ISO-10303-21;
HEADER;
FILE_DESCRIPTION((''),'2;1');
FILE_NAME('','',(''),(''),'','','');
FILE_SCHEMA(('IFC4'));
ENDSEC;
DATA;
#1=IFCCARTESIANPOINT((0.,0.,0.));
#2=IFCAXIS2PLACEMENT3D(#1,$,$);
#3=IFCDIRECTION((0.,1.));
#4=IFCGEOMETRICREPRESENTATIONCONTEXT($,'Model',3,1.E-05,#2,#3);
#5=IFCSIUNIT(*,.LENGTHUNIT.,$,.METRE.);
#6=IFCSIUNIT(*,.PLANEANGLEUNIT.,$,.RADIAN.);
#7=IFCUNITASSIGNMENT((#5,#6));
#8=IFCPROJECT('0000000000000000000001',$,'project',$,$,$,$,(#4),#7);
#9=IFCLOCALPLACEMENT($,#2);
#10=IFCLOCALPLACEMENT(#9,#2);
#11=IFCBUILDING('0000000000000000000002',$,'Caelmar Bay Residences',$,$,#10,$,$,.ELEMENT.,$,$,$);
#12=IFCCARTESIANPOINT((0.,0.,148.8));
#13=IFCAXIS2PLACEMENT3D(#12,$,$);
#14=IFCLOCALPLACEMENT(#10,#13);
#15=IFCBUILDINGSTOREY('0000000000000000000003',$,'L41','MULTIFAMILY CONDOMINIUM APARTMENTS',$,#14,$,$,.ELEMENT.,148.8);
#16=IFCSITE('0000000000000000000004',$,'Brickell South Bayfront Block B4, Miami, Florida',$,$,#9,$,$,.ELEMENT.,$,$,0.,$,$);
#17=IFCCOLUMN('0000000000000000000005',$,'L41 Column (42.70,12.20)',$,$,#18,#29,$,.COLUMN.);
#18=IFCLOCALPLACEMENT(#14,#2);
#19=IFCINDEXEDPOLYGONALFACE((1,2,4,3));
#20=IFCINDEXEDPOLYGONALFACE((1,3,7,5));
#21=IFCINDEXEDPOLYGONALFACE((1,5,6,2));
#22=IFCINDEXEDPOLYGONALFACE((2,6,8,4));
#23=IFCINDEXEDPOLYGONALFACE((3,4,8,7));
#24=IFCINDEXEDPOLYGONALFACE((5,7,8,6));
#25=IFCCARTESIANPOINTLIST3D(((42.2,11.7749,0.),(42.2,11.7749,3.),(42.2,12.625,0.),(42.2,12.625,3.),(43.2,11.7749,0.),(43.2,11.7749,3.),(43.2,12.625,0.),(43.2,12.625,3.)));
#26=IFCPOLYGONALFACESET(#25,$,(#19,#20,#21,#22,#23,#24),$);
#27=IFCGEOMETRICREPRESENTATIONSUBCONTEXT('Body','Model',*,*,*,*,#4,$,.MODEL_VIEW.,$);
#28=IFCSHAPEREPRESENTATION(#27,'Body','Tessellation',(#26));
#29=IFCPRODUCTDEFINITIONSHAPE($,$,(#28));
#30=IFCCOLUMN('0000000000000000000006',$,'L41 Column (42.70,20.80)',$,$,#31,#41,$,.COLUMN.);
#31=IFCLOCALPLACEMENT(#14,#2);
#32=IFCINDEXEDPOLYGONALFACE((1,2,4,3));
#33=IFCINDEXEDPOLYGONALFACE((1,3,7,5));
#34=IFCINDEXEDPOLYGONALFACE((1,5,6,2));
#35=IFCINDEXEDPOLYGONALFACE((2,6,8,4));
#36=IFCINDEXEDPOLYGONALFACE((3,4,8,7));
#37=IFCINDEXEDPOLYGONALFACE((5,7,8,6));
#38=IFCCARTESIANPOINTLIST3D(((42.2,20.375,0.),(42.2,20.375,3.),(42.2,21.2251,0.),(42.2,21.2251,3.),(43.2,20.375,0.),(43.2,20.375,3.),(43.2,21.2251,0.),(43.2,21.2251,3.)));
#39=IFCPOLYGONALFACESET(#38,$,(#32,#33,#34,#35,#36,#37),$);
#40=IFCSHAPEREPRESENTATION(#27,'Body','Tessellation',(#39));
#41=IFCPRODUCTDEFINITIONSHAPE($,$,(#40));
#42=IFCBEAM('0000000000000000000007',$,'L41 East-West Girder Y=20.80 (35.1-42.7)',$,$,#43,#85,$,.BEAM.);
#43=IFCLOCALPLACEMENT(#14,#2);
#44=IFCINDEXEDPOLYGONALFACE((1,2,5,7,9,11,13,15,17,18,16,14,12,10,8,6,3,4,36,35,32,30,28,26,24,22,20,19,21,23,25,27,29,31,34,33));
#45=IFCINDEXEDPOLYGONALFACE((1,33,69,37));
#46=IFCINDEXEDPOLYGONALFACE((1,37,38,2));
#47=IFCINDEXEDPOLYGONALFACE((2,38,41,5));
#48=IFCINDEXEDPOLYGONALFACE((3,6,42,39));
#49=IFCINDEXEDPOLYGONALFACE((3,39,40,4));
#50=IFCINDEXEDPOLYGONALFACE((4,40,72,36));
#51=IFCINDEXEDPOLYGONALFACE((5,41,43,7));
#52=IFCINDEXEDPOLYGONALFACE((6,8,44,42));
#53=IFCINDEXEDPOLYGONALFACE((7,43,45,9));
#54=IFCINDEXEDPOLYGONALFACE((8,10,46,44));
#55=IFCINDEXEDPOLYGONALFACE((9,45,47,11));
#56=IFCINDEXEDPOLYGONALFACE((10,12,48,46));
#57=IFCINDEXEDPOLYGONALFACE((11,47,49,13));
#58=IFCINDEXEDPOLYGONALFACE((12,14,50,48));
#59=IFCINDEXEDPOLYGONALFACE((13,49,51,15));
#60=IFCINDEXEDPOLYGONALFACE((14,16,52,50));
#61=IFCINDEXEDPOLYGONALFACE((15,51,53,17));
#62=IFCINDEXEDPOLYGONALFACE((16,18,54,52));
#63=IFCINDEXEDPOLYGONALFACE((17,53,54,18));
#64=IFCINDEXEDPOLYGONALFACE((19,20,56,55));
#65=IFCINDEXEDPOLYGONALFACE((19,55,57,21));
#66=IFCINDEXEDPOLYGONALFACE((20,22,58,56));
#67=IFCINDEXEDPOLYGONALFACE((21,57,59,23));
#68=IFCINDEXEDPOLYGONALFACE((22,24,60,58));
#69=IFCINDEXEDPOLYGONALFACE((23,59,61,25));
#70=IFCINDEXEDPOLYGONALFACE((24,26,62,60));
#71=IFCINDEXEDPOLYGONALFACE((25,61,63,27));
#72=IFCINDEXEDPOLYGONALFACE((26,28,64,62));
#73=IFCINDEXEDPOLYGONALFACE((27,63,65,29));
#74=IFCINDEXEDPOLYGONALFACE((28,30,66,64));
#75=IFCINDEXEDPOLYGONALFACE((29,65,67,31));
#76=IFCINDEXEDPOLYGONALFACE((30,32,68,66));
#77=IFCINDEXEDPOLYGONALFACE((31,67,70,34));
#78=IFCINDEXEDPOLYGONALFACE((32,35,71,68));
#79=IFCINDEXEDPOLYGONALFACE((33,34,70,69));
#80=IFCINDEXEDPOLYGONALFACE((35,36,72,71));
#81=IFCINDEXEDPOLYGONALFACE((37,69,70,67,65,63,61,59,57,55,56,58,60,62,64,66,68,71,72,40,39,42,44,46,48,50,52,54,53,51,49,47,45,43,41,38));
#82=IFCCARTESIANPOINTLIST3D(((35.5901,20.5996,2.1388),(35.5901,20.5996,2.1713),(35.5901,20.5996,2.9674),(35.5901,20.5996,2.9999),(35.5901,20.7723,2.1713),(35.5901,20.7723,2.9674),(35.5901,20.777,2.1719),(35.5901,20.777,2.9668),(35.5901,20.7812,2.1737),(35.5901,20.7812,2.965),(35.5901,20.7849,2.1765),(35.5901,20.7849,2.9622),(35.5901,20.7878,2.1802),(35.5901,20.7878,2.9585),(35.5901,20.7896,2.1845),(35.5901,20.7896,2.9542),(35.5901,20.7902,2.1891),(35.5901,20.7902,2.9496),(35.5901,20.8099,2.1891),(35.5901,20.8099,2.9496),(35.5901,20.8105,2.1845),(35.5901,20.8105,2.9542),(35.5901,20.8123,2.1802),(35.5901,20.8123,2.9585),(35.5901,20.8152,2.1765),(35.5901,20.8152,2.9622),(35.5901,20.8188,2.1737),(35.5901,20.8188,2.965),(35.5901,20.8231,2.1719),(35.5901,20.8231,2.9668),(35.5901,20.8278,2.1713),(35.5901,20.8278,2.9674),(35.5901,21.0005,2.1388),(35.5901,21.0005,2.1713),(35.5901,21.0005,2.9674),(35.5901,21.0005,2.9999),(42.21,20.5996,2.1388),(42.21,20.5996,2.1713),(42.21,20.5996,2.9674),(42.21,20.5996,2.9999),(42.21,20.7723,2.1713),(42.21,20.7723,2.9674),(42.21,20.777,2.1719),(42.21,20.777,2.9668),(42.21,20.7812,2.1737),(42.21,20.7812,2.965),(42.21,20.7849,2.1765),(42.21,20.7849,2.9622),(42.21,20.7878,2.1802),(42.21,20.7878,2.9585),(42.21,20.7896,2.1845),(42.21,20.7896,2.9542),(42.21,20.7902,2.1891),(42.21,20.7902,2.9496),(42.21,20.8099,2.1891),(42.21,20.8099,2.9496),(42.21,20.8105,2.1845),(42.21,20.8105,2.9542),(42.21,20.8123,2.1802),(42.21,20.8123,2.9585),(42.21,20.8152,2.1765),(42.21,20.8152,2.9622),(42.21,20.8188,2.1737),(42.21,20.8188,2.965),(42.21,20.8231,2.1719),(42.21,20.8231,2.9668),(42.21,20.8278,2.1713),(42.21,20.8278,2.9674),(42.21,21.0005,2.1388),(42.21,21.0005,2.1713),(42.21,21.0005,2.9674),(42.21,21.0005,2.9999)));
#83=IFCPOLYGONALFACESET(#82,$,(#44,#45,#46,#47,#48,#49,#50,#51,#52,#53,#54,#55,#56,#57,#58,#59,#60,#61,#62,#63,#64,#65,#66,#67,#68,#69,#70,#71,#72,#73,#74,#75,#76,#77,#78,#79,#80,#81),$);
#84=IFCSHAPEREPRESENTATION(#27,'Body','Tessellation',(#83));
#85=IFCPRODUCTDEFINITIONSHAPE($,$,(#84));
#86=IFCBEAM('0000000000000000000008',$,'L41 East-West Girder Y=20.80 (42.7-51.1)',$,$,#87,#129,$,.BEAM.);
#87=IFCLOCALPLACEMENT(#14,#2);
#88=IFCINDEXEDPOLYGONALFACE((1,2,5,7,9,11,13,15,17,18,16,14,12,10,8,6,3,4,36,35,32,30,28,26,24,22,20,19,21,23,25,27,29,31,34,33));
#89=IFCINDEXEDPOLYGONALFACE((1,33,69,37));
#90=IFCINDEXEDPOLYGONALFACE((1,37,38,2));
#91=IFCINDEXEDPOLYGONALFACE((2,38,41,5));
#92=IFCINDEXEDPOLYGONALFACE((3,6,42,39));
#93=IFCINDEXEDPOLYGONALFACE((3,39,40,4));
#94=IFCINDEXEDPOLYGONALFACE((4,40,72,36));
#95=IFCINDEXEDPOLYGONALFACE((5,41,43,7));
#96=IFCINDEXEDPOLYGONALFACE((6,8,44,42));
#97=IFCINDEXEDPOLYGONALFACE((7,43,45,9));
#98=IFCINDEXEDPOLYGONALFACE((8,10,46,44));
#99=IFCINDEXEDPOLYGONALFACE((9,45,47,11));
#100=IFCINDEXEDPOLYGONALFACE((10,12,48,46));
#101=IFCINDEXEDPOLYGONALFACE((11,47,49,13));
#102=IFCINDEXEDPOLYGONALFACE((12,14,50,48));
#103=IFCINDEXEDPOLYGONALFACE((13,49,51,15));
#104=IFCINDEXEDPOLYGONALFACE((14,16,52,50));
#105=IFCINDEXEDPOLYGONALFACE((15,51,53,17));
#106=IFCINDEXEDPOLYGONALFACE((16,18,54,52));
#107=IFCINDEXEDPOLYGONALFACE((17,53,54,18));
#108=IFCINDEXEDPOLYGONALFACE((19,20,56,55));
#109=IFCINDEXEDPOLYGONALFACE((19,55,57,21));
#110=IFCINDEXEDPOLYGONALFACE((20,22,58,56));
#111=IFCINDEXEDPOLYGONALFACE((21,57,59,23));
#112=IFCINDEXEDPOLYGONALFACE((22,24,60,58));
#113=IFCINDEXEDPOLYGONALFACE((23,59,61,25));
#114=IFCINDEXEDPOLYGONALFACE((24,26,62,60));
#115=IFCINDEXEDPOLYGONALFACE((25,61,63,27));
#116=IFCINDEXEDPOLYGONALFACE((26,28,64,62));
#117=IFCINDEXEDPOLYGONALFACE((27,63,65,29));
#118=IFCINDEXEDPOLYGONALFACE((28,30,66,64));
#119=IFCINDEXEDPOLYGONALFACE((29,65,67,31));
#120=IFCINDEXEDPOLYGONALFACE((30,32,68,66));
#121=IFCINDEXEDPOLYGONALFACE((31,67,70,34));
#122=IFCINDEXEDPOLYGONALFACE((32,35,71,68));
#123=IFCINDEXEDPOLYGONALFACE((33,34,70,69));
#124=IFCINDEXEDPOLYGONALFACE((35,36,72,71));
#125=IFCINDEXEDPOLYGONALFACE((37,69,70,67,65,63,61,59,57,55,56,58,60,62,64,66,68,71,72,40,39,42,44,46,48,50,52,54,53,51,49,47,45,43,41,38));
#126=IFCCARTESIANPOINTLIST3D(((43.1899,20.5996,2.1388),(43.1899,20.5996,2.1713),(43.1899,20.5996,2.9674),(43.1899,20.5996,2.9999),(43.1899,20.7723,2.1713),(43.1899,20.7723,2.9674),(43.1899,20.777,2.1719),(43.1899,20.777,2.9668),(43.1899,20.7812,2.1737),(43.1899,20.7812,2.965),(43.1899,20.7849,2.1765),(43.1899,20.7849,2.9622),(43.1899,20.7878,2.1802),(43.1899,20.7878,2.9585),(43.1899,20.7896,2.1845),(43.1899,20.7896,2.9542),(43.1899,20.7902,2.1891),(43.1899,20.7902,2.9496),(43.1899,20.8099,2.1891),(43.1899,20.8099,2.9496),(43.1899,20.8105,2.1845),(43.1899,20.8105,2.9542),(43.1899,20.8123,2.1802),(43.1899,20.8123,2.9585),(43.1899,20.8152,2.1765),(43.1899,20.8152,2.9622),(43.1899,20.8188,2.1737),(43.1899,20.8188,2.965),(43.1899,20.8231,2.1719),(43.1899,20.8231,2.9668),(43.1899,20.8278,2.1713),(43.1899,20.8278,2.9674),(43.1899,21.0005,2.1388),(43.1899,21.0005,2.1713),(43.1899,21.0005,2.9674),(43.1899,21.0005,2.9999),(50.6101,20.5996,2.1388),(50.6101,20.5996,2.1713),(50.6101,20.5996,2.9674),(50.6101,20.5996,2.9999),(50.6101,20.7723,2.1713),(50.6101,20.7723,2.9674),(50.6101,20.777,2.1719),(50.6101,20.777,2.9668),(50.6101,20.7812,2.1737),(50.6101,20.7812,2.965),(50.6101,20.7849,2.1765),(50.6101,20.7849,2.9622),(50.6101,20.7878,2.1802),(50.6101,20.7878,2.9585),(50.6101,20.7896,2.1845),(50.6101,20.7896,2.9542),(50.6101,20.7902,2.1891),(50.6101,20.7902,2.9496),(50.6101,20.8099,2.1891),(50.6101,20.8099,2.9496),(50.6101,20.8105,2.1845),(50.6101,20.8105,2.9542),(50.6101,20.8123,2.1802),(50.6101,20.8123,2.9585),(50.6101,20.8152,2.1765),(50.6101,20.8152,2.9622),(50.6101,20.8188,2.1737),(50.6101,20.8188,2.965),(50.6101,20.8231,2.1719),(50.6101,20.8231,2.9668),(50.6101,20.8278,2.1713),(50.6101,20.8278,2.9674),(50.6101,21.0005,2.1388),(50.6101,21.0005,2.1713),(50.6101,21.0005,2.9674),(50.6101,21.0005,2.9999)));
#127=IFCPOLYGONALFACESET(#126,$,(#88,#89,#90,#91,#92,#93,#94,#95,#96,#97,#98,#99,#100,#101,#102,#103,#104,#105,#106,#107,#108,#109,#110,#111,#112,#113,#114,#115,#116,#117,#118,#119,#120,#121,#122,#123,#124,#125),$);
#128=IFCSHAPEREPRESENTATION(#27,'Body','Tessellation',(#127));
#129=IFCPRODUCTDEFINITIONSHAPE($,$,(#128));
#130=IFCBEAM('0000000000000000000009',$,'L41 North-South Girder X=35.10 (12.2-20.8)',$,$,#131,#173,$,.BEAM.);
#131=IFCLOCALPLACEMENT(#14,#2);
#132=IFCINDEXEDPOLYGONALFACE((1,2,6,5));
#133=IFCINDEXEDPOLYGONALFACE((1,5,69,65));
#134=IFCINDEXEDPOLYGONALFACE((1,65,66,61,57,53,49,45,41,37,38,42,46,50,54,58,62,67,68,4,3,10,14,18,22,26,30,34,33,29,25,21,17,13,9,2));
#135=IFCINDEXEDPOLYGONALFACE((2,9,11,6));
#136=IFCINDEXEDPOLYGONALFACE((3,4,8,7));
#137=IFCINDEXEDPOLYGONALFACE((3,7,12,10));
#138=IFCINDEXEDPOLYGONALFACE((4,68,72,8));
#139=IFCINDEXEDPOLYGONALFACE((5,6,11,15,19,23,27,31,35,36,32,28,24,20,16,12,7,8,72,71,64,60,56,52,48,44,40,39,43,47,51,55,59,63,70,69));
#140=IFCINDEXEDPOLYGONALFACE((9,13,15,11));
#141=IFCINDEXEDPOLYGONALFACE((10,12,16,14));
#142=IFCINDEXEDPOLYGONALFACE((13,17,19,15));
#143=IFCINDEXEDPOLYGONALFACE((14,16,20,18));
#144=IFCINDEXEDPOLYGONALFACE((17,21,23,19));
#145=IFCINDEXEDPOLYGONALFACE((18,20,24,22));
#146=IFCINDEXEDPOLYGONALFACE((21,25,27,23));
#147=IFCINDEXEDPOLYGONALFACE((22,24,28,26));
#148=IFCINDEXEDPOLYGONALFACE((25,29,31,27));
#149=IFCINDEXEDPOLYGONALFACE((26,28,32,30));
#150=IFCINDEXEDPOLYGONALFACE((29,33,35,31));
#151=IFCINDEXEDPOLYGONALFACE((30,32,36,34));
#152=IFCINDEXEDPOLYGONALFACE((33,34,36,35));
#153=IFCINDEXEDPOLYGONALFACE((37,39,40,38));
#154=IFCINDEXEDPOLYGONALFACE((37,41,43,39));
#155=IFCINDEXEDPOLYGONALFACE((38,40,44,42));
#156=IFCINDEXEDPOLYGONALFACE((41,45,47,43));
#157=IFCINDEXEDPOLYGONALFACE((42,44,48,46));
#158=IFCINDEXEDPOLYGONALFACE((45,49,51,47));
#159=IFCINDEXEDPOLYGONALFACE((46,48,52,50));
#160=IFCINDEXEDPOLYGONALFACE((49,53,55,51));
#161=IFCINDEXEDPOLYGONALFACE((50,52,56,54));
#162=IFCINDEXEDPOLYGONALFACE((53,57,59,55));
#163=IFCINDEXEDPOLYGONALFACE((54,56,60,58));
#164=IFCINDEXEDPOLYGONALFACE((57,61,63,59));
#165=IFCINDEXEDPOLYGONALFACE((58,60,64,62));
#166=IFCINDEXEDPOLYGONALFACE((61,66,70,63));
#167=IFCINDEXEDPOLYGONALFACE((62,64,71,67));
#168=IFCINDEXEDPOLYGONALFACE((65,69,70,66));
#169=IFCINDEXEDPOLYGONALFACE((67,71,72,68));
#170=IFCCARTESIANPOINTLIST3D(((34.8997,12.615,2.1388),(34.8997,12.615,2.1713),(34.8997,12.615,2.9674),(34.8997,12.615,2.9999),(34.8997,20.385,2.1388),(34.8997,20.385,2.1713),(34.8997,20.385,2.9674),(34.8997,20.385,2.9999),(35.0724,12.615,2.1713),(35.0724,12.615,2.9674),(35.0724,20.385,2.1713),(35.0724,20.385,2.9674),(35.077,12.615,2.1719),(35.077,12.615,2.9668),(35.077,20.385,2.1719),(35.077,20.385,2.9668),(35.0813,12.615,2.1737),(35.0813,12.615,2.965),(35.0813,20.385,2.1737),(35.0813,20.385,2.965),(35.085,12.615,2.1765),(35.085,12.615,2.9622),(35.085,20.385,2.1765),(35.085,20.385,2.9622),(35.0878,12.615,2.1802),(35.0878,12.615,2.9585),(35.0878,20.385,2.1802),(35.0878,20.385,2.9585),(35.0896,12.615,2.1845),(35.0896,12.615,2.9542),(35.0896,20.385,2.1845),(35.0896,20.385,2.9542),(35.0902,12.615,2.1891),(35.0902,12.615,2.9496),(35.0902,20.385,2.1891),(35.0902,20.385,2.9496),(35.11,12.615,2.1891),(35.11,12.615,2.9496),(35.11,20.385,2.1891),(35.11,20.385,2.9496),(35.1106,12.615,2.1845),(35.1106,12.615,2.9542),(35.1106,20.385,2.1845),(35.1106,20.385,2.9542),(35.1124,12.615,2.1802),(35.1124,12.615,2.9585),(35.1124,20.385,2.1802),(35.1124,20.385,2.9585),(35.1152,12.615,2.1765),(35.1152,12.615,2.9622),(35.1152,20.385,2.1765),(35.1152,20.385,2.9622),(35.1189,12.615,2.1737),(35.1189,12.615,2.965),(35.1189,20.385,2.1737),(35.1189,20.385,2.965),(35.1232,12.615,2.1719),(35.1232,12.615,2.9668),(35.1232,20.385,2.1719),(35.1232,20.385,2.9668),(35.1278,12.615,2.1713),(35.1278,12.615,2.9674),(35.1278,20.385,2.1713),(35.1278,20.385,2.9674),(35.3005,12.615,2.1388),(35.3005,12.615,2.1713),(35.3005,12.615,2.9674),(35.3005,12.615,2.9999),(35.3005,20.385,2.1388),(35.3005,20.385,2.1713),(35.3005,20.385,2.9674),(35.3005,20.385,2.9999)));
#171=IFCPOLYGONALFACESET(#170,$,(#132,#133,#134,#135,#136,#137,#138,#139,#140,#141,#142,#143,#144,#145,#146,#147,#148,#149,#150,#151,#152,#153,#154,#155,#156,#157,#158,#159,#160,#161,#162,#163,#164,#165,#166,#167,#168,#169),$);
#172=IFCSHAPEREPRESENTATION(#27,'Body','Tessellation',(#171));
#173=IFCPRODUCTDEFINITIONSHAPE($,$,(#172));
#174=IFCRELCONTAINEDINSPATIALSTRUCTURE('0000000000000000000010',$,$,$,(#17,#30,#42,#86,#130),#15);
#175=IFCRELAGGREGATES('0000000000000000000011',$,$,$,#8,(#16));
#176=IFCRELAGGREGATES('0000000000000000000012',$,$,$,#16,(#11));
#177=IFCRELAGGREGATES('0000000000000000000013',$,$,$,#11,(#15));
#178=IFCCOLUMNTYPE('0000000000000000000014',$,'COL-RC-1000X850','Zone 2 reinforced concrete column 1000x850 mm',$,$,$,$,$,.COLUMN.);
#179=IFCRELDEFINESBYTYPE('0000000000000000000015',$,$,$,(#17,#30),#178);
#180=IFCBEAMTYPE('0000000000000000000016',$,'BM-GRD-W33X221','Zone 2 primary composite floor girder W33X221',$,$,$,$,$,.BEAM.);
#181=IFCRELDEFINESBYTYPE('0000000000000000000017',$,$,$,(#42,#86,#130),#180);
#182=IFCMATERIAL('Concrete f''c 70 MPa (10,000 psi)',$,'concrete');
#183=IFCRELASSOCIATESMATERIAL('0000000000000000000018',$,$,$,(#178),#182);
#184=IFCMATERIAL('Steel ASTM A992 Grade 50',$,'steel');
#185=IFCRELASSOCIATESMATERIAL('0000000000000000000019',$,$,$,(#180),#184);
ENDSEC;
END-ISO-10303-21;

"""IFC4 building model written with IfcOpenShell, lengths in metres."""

from ifc_helpers import new_model, si_unit, direction, frame, origin, origin_2d, place, context, subcontext, project, spatial, rectangle, i_section, extrude, material, material_profile, profile_set, type_object, element, save


model = new_model("IFC4")

# Units and contexts
model_context = context("Model", 3, precision=1e-05, world=origin(), true_north=direction((0.0, 1.0)))
body_context = subcontext(model_context, "Body", "Model", "MODEL_VIEW")
ifc_project = project(units=[si_unit("LENGTHUNIT", "METRE"), si_unit("PLANEANGLEUNIT", "RADIAN")], contexts=[model_context])

# Site, building, storey
site_placement = place(None, origin())
site = spatial("IfcSite", under=ifc_project, at=site_placement, Name="Brickell South Bayfront Block B4, Miami, Florida", CompositionType="ELEMENT", RefElevation=0.0)
building_placement = place(site_placement, origin())
building = spatial("IfcBuilding", under=site, at=building_placement, Name="Caelmar Bay Residences", CompositionType="ELEMENT")
storey_placement = place(building_placement, frame((0.0, 0.0, 148.8)))
storey = spatial("IfcBuildingStorey", under=building, at=storey_placement, Name="L41", Description="MULTIFAMILY CONDOMINIUM APARTMENTS", CompositionType="ELEMENT", Elevation=148.8)

# Columns
ifc_material_1 = material(Name="Concrete f'c 70 MPa (10,000 psi)", Category="concrete")
ifc_material_profile_1 = material_profile(ifc_material_1, rectangle(XDim=1.0, YDim=0.8501, at=origin_2d()), Name="RC-COL-1000X850")
ifc_profile_set_1 = profile_set([ifc_material_profile_1], Name="Concrete f'c 70 MPa (10,000 psi)")
column_type = type_object("IfcColumnType", Name="COL-RC-1000X850", Description="Zone 2 reinforced concrete column 1000x850 mm", PredefinedType="COLUMN", material=ifc_profile_set_1)
for number, where, z_axis, x_axis, name in (
    (1, (42.7, 12.2, 0.0), (0.0, 0.0, 1.0), (1.0, 0.0, 0.0), "L41 Column (42.70,12.20)"),
    (2, (42.7, 20.8, 0.0), (0.0, 0.0, 1.0), (1.0, 0.0, 0.0), "L41 Column (42.70,20.80)"),
):
    element("IfcColumn", number, at=place(storey_placement, frame(where, z_axis=z_axis, x_axis=x_axis)), inside=storey, type_object=column_type, Name=name, PredefinedType="COLUMN", context=body_context, shape_type="SweptSolid", body=[
        extrude(rectangle(XDim=1.0, YDim=0.8501, at=origin_2d()), origin(), (0.0, 0.0, 1.0), 3.0),
    ])

# Beams
ifc_material_2 = material(Name="Steel ASTM A992 Grade 50", Category="steel")
ifc_material_profile_2 = material_profile(ifc_material_2, i_section(OverallWidth=0.4009, OverallDepth=0.8611, WebThickness=0.0198, FlangeThickness=0.0325, FilletRadius=0.0178, at=origin_2d()), Name="W33X221")
ifc_profile_set_2 = profile_set([ifc_material_profile_2], Name="Steel ASTM A992 Grade 50")
beam_type_1 = type_object("IfcBeamType", Name="BM-GRD-W33X221", Description="Zone 2 primary composite floor girder W33X221", PredefinedType="BEAM", material=ifc_profile_set_2)
beam_1_placement = place(storey_placement, frame((35.5901, 20.8, 2.5693), z_axis=(1.0, 0.0, 0.0), x_axis=(0.0, 1.0, 0.0)))
element("IfcBeam", 3, at=beam_1_placement, inside=storey, type_object=beam_type_1, Name="L41 East-West Girder Y=20.80 (35.1-42.7)", PredefinedType="BEAM", context=body_context, shape_type="SweptSolid", body=[
    extrude(i_section(OverallWidth=0.4009, OverallDepth=0.8611, WebThickness=0.0198, FlangeThickness=0.0325, FilletRadius=0.0178, at=origin_2d()), origin(), (0.0, 0.0, 1.0), 6.6199),
])
beam_2_placement = place(storey_placement, frame((43.1899, 20.8, 2.5693), z_axis=(1.0, 0.0, 0.0), x_axis=(0.0, 1.0, 0.0)))
element("IfcBeam", 4, at=beam_2_placement, inside=storey, type_object=beam_type_1, Name="L41 East-West Girder Y=20.80 (42.7-51.1)", PredefinedType="BEAM", context=body_context, shape_type="SweptSolid", body=[
    extrude(i_section(OverallWidth=0.4009, OverallDepth=0.8611, WebThickness=0.0198, FlangeThickness=0.0325, FilletRadius=0.0178, at=origin_2d()), origin(), (0.0, 0.0, 1.0), 7.4202),
])
for number, where, z_axis, x_axis, name in (
    (5, (35.1001, 12.615, 2.5693), (0.0, 1.0, 0.0), (-1.0, 0.0, 0.0), "L41 North-South Girder X=35.10 (12.2-20.8)"),
):
    element("IfcBeam", number, at=place(storey_placement, frame(where, z_axis=z_axis, x_axis=x_axis)), inside=storey, type_object=beam_type_1, Name=name, PredefinedType="BEAM", context=body_context, shape_type="SweptSolid", body=[
        extrude(i_section(OverallWidth=0.4009, OverallDepth=0.8611, WebThickness=0.0198, FlangeThickness=0.0325, FilletRadius=0.0178, at=origin_2d()), origin(), (0.0, 0.0, 1.0), 7.77),
    ])

save(model, "model.ifc")
